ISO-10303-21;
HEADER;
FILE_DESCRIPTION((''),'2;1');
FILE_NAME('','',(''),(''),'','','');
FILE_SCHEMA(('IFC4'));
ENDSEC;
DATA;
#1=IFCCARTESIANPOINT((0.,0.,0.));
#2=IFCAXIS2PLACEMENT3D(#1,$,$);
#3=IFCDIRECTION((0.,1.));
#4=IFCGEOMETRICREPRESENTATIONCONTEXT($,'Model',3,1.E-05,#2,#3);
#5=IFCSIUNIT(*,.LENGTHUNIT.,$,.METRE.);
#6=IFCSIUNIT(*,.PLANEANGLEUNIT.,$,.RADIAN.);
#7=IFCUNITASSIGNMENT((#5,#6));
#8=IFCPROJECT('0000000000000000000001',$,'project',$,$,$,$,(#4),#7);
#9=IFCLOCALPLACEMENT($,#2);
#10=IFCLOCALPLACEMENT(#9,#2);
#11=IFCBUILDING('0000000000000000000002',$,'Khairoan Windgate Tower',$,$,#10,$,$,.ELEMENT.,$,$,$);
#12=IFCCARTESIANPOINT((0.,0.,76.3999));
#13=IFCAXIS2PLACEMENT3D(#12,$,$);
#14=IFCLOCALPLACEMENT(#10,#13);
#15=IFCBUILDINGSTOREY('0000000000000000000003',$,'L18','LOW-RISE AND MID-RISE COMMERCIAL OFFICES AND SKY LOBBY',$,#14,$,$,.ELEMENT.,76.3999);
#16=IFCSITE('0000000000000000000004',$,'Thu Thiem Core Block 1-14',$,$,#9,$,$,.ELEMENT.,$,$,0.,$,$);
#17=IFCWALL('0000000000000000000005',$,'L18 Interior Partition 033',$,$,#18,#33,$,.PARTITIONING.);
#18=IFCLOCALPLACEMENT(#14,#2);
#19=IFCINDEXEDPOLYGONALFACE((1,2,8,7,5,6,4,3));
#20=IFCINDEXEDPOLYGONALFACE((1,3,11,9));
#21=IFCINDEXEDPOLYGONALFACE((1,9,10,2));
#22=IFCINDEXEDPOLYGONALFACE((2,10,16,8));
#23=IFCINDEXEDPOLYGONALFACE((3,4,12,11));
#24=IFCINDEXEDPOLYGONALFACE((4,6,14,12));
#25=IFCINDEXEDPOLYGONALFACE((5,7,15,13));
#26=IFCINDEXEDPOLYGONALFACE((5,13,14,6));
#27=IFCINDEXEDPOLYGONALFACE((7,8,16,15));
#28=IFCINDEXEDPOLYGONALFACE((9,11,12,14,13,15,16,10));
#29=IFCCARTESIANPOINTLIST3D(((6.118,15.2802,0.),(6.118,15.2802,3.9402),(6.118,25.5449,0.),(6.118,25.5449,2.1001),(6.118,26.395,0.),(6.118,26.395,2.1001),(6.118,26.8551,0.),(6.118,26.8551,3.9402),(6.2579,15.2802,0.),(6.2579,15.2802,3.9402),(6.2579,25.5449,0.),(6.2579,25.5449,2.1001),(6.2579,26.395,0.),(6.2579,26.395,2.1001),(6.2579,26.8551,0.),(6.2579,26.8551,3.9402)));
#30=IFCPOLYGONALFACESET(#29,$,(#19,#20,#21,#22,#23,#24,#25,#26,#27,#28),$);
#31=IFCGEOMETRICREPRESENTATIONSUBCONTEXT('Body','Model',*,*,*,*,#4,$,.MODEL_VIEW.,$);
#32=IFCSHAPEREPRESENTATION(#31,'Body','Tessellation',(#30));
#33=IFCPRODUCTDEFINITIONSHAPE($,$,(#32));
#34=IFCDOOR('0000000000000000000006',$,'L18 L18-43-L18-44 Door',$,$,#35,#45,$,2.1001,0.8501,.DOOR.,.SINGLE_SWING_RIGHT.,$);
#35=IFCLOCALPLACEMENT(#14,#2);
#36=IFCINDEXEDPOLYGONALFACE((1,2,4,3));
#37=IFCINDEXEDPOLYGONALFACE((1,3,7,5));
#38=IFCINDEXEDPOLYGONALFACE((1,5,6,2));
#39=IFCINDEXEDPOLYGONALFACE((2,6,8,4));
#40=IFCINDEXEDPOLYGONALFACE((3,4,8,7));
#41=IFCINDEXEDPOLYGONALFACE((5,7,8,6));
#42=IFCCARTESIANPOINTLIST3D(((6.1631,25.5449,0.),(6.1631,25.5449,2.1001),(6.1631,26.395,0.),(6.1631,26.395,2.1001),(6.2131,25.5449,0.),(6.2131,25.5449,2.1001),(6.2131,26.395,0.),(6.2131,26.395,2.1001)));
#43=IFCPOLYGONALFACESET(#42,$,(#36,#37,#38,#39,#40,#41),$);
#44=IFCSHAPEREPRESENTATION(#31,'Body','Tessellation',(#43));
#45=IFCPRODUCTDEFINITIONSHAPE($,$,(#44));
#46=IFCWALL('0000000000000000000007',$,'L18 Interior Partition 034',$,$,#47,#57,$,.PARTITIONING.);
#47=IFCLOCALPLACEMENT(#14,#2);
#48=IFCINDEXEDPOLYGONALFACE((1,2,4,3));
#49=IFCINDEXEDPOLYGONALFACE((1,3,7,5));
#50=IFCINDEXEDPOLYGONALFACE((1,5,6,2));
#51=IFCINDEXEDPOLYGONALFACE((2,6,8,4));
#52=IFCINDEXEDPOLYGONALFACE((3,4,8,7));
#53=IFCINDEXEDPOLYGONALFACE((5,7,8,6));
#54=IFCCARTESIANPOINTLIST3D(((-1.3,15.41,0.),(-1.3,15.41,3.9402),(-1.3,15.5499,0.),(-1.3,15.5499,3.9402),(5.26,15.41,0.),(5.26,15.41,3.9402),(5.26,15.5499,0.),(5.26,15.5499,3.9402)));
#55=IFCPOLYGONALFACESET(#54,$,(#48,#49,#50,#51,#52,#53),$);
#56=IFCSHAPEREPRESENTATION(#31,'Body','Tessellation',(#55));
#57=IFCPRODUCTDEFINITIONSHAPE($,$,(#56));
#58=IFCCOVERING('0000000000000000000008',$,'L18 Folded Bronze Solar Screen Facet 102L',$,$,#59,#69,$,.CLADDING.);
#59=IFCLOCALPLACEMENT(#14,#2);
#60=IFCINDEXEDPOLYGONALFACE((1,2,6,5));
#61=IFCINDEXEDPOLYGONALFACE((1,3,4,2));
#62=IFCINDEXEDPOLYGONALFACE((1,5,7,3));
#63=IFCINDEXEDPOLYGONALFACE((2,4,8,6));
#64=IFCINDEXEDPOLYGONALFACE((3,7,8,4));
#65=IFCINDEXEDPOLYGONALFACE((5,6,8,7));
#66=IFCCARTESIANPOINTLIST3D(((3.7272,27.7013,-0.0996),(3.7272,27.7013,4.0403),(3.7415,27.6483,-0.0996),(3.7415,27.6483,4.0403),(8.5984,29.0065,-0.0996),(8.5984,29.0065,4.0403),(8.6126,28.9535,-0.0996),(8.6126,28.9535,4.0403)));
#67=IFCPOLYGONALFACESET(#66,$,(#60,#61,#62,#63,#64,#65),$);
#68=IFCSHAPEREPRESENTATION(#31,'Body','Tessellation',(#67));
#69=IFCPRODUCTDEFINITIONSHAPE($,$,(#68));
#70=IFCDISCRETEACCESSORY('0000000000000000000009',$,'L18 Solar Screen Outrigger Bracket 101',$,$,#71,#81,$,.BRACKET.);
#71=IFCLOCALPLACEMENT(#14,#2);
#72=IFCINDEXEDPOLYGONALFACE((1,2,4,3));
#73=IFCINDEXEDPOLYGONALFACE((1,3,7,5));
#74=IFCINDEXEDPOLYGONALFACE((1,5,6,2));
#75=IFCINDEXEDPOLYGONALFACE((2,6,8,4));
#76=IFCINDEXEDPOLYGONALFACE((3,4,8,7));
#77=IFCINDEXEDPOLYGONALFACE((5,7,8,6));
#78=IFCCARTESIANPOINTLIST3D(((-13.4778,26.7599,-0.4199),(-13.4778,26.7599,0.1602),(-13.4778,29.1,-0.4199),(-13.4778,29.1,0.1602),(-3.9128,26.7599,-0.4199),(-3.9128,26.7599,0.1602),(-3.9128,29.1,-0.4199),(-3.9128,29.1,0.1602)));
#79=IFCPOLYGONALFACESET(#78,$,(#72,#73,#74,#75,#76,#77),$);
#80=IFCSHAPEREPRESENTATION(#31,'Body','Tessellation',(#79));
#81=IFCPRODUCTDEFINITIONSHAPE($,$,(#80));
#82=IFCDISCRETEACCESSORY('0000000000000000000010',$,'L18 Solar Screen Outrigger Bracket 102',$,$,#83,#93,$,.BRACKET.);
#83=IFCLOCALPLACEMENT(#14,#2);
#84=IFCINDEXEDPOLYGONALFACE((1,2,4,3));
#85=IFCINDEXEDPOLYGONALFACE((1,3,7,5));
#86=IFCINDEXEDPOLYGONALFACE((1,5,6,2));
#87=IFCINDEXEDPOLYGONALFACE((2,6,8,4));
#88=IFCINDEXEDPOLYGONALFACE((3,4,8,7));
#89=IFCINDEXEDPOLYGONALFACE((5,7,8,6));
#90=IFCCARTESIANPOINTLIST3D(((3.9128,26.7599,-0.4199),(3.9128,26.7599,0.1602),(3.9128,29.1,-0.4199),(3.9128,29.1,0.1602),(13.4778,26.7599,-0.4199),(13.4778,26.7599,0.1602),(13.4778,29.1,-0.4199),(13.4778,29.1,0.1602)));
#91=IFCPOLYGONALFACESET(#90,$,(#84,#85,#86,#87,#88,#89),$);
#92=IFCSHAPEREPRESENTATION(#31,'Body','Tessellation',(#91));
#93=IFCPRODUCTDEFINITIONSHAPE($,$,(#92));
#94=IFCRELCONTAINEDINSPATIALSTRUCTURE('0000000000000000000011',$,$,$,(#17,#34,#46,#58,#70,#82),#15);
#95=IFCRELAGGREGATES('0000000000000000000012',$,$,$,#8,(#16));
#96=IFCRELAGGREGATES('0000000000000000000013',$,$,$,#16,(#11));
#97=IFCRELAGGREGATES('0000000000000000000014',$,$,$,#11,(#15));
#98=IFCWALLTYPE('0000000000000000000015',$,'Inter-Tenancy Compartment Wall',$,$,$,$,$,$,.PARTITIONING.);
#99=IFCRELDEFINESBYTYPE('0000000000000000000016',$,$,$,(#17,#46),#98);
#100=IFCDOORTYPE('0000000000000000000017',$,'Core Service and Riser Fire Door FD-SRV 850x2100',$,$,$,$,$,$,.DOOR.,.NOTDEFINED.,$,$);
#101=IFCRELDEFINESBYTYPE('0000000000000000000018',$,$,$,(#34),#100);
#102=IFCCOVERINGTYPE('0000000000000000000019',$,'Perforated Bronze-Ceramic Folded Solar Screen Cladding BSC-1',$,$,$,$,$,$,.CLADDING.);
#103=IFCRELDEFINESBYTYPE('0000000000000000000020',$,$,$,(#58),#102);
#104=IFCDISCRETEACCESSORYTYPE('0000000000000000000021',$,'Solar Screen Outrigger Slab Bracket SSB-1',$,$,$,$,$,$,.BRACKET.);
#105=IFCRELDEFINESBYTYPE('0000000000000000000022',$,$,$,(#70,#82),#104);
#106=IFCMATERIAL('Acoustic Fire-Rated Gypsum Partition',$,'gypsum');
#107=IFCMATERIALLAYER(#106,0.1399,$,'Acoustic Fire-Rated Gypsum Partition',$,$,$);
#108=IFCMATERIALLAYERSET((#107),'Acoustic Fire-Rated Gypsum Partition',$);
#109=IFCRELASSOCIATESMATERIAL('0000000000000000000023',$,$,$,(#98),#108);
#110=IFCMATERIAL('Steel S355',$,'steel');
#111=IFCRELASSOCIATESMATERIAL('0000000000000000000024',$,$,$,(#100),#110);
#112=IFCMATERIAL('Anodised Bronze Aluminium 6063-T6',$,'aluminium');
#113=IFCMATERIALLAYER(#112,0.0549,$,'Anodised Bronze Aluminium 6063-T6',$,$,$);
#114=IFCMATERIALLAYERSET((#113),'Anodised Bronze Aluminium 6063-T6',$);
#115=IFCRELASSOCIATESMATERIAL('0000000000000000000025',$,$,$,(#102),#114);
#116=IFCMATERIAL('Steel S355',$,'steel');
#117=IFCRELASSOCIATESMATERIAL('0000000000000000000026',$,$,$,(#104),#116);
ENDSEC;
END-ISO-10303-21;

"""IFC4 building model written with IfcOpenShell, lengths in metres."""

from ifc_helpers import new_model, si_unit, direction, frame, frame_2d, origin, origin_2d, place, context, subcontext, project, spatial, rectangle, extrude, material, layer, layer_set, type_object, element, fill, save


model = new_model("IFC4")

# Units and contexts
model_context = context("Model", 3, precision=1e-05, world=origin(), true_north=direction((0.0, 1.0)))
body_context = subcontext(model_context, "Body", "Model", "MODEL_VIEW")
ifc_project = project(units=[si_unit("LENGTHUNIT", "METRE"), si_unit("PLANEANGLEUNIT", "RADIAN")], contexts=[model_context])

# Site, building, storey
site_placement = place(None, origin())
site = spatial("IfcSite", under=ifc_project, at=site_placement, Name="Thu Thiem Core Block 1-14", CompositionType="ELEMENT", RefElevation=0.0)
building_placement = place(site_placement, origin())
building = spatial("IfcBuilding", under=site, at=building_placement, Name="Khairoan Windgate Tower", CompositionType="ELEMENT")
storey_placement = place(building_placement, frame((0.0, 0.0, 76.3999)))
storey = spatial("IfcBuildingStorey", under=building, at=storey_placement, Name="L18", Description="LOW-RISE AND MID-RISE COMMERCIAL OFFICES AND SKY LOBBY", CompositionType="ELEMENT", Elevation=76.3999)

# Shared definitions
ifc_material_1 = material(Name="Acoustic Fire-Rated Gypsum Partition", Category="gypsum")
ifc_layer_1 = layer(ifc_material_1, 0.1399, Name="Acoustic Fire-Rated Gypsum Partition")
ifc_layer_set_1 = layer_set([ifc_layer_1], Name="Acoustic Fire-Rated Gypsum Partition")
wall_type_1 = type_object("IfcWallType", Name="Inter-Tenancy Compartment Wall", PredefinedType="PARTITIONING", material=ifc_layer_set_1)

# Wall, opening, door
ifc_material_2 = material(Name="Steel S355", Category="steel")
door_type = type_object("IfcDoorType", Name="Core Service and Riser Fire Door FD-SRV 850x2100", OperationType="NOTDEFINED", PredefinedType="DOOR", material=ifc_material_2)
wall_1_placement = place(storey_placement, frame((6.188, 15.28, 0.0), z_axis=(0.0, 0.0, 1.0), x_axis=(0.0, 1.0, 0.0)))
wall_1 = element("IfcWall", 1, at=wall_1_placement, inside=storey, type_object=wall_type_1, Name="L18 Interior Partition 033", PredefinedType="PARTITIONING", context=body_context, shape_type="SweptSolid", body=[
    extrude(rectangle(XDim=11.575, YDim=0.1399, at=frame_2d((5.7876, 0.0))), origin(), (0.0, 0.0, 1.0), 3.9402),
])
opening_1_placement = place(wall_1_placement, frame((10.2649, 0.0, 0.0)))
opening_1 = element("IfcOpeningElement", 2, at=opening_1_placement, cuts=wall_1, PredefinedType="OPENING", context=body_context, shape_type="SweptSolid", body=[
    extrude(rectangle(XDim=0.8501, YDim=2.1001, at=frame_2d((0.425, 1.05))), frame((0.0, 0.0798, 0.0), z_axis=(0.0, -1.0, 0.0), x_axis=(1.0, 0.0, 0.0)), (0.0, 0.0, 1.0), 0.1599),
])
door_1_placement = place(opening_1_placement, origin())
door_1 = element("IfcDoor", 3, at=door_1_placement, inside=storey, type_object=door_type, Name="L18 L18-43-L18-44 Door", OperationType="SINGLE_SWING_RIGHT", OverallHeight=2.1001, OverallWidth=0.8501, PredefinedType="DOOR", context=body_context, shape_type="SweptSolid", body=[
    extrude(rectangle(XDim=0.8501, YDim=2.1001, at=frame_2d((0.425, 1.05))), frame((0.0, 0.0249, 0.0), z_axis=(0.0, -1.0, 0.0), x_axis=(1.0, 0.0, 0.0)), (0.0, 0.0, 1.0), 0.05),
])
fill(opening_1, door_1)

# Wall
wall_2_placement = place(storey_placement, frame((-1.3, 15.48, 0.0), z_axis=(0.0, 0.0, 1.0), x_axis=(1.0, 0.0, 0.0)))
element("IfcWall", 4, at=wall_2_placement, inside=storey, type_object=wall_type_1, Name="L18 Interior Partition 034", PredefinedType="PARTITIONING", context=body_context, shape_type="SweptSolid", body=[
    extrude(rectangle(XDim=6.5601, YDim=0.1399, at=frame_2d((3.28, 0.0))), origin(), (0.0, 0.0, 1.0), 3.9402),
])

# Covering
ifc_material_3 = material(Name="Anodised Bronze Aluminium 6063-T6", Category="aluminium")
ifc_layer_2 = layer(ifc_material_3, 0.0549, Name="Anodised Bronze Aluminium 6063-T6")
ifc_layer_set_2 = layer_set([ifc_layer_2], Name="Anodised Bronze Aluminium 6063-T6")
covering_type = type_object("IfcCoveringType", Name="Perforated Bronze-Ceramic Folded Solar Screen Cladding BSC-1", PredefinedType="CLADDING", material=ifc_layer_set_2)
covering_placement = place(storey_placement, frame((6.1699, 28.3274, -0.0996), z_axis=(0.0, 0.0, 1.0), x_axis=(0.965926, 0.258819, 0.0)))
element("IfcCovering", 5, at=covering_placement, inside=storey, type_object=covering_type, Name="L18 Folded Bronze Solar Screen Facet 102L", PredefinedType="CLADDING", context=body_context, shape_type="SweptSolid", body=[
    extrude(rectangle(XDim=5.043, YDim=0.0549, at=origin_2d()), origin(), (0.0, 0.0, 1.0), 4.1399),
])

# Discrete accessories
ifc_material_4 = material(Name="Steel S355", Category="steel")
discrete_accessory_type = type_object("IfcDiscreteAccessoryType", Name="Solar Screen Outrigger Slab Bracket SSB-1", PredefinedType="BRACKET", material=ifc_material_4)
for number, where, z_axis, x_axis, name in (
    (6, (-8.6953, 27.9299, -0.4199), (0.0, 0.0, 1.0), (1.0, 0.0, 0.0), "L18 Solar Screen Outrigger Bracket 101"),
    (7, (8.6953, 27.9299, -0.4199), (0.0, 0.0, 1.0), (1.0, 0.0, 0.0), "L18 Solar Screen Outrigger Bracket 102"),
):
    element("IfcDiscreteAccessory", number, at=place(storey_placement, frame(where, z_axis=z_axis, x_axis=x_axis)), inside=storey, type_object=discrete_accessory_type, Name=name, PredefinedType="BRACKET", context=body_context, shape_type="SweptSolid", body=[
        extrude(rectangle(XDim=9.5649, YDim=2.3401, at=origin_2d()), origin(), (0.0, 0.0, 1.0), 0.5801),
    ])

save(model, "model.ifc")
